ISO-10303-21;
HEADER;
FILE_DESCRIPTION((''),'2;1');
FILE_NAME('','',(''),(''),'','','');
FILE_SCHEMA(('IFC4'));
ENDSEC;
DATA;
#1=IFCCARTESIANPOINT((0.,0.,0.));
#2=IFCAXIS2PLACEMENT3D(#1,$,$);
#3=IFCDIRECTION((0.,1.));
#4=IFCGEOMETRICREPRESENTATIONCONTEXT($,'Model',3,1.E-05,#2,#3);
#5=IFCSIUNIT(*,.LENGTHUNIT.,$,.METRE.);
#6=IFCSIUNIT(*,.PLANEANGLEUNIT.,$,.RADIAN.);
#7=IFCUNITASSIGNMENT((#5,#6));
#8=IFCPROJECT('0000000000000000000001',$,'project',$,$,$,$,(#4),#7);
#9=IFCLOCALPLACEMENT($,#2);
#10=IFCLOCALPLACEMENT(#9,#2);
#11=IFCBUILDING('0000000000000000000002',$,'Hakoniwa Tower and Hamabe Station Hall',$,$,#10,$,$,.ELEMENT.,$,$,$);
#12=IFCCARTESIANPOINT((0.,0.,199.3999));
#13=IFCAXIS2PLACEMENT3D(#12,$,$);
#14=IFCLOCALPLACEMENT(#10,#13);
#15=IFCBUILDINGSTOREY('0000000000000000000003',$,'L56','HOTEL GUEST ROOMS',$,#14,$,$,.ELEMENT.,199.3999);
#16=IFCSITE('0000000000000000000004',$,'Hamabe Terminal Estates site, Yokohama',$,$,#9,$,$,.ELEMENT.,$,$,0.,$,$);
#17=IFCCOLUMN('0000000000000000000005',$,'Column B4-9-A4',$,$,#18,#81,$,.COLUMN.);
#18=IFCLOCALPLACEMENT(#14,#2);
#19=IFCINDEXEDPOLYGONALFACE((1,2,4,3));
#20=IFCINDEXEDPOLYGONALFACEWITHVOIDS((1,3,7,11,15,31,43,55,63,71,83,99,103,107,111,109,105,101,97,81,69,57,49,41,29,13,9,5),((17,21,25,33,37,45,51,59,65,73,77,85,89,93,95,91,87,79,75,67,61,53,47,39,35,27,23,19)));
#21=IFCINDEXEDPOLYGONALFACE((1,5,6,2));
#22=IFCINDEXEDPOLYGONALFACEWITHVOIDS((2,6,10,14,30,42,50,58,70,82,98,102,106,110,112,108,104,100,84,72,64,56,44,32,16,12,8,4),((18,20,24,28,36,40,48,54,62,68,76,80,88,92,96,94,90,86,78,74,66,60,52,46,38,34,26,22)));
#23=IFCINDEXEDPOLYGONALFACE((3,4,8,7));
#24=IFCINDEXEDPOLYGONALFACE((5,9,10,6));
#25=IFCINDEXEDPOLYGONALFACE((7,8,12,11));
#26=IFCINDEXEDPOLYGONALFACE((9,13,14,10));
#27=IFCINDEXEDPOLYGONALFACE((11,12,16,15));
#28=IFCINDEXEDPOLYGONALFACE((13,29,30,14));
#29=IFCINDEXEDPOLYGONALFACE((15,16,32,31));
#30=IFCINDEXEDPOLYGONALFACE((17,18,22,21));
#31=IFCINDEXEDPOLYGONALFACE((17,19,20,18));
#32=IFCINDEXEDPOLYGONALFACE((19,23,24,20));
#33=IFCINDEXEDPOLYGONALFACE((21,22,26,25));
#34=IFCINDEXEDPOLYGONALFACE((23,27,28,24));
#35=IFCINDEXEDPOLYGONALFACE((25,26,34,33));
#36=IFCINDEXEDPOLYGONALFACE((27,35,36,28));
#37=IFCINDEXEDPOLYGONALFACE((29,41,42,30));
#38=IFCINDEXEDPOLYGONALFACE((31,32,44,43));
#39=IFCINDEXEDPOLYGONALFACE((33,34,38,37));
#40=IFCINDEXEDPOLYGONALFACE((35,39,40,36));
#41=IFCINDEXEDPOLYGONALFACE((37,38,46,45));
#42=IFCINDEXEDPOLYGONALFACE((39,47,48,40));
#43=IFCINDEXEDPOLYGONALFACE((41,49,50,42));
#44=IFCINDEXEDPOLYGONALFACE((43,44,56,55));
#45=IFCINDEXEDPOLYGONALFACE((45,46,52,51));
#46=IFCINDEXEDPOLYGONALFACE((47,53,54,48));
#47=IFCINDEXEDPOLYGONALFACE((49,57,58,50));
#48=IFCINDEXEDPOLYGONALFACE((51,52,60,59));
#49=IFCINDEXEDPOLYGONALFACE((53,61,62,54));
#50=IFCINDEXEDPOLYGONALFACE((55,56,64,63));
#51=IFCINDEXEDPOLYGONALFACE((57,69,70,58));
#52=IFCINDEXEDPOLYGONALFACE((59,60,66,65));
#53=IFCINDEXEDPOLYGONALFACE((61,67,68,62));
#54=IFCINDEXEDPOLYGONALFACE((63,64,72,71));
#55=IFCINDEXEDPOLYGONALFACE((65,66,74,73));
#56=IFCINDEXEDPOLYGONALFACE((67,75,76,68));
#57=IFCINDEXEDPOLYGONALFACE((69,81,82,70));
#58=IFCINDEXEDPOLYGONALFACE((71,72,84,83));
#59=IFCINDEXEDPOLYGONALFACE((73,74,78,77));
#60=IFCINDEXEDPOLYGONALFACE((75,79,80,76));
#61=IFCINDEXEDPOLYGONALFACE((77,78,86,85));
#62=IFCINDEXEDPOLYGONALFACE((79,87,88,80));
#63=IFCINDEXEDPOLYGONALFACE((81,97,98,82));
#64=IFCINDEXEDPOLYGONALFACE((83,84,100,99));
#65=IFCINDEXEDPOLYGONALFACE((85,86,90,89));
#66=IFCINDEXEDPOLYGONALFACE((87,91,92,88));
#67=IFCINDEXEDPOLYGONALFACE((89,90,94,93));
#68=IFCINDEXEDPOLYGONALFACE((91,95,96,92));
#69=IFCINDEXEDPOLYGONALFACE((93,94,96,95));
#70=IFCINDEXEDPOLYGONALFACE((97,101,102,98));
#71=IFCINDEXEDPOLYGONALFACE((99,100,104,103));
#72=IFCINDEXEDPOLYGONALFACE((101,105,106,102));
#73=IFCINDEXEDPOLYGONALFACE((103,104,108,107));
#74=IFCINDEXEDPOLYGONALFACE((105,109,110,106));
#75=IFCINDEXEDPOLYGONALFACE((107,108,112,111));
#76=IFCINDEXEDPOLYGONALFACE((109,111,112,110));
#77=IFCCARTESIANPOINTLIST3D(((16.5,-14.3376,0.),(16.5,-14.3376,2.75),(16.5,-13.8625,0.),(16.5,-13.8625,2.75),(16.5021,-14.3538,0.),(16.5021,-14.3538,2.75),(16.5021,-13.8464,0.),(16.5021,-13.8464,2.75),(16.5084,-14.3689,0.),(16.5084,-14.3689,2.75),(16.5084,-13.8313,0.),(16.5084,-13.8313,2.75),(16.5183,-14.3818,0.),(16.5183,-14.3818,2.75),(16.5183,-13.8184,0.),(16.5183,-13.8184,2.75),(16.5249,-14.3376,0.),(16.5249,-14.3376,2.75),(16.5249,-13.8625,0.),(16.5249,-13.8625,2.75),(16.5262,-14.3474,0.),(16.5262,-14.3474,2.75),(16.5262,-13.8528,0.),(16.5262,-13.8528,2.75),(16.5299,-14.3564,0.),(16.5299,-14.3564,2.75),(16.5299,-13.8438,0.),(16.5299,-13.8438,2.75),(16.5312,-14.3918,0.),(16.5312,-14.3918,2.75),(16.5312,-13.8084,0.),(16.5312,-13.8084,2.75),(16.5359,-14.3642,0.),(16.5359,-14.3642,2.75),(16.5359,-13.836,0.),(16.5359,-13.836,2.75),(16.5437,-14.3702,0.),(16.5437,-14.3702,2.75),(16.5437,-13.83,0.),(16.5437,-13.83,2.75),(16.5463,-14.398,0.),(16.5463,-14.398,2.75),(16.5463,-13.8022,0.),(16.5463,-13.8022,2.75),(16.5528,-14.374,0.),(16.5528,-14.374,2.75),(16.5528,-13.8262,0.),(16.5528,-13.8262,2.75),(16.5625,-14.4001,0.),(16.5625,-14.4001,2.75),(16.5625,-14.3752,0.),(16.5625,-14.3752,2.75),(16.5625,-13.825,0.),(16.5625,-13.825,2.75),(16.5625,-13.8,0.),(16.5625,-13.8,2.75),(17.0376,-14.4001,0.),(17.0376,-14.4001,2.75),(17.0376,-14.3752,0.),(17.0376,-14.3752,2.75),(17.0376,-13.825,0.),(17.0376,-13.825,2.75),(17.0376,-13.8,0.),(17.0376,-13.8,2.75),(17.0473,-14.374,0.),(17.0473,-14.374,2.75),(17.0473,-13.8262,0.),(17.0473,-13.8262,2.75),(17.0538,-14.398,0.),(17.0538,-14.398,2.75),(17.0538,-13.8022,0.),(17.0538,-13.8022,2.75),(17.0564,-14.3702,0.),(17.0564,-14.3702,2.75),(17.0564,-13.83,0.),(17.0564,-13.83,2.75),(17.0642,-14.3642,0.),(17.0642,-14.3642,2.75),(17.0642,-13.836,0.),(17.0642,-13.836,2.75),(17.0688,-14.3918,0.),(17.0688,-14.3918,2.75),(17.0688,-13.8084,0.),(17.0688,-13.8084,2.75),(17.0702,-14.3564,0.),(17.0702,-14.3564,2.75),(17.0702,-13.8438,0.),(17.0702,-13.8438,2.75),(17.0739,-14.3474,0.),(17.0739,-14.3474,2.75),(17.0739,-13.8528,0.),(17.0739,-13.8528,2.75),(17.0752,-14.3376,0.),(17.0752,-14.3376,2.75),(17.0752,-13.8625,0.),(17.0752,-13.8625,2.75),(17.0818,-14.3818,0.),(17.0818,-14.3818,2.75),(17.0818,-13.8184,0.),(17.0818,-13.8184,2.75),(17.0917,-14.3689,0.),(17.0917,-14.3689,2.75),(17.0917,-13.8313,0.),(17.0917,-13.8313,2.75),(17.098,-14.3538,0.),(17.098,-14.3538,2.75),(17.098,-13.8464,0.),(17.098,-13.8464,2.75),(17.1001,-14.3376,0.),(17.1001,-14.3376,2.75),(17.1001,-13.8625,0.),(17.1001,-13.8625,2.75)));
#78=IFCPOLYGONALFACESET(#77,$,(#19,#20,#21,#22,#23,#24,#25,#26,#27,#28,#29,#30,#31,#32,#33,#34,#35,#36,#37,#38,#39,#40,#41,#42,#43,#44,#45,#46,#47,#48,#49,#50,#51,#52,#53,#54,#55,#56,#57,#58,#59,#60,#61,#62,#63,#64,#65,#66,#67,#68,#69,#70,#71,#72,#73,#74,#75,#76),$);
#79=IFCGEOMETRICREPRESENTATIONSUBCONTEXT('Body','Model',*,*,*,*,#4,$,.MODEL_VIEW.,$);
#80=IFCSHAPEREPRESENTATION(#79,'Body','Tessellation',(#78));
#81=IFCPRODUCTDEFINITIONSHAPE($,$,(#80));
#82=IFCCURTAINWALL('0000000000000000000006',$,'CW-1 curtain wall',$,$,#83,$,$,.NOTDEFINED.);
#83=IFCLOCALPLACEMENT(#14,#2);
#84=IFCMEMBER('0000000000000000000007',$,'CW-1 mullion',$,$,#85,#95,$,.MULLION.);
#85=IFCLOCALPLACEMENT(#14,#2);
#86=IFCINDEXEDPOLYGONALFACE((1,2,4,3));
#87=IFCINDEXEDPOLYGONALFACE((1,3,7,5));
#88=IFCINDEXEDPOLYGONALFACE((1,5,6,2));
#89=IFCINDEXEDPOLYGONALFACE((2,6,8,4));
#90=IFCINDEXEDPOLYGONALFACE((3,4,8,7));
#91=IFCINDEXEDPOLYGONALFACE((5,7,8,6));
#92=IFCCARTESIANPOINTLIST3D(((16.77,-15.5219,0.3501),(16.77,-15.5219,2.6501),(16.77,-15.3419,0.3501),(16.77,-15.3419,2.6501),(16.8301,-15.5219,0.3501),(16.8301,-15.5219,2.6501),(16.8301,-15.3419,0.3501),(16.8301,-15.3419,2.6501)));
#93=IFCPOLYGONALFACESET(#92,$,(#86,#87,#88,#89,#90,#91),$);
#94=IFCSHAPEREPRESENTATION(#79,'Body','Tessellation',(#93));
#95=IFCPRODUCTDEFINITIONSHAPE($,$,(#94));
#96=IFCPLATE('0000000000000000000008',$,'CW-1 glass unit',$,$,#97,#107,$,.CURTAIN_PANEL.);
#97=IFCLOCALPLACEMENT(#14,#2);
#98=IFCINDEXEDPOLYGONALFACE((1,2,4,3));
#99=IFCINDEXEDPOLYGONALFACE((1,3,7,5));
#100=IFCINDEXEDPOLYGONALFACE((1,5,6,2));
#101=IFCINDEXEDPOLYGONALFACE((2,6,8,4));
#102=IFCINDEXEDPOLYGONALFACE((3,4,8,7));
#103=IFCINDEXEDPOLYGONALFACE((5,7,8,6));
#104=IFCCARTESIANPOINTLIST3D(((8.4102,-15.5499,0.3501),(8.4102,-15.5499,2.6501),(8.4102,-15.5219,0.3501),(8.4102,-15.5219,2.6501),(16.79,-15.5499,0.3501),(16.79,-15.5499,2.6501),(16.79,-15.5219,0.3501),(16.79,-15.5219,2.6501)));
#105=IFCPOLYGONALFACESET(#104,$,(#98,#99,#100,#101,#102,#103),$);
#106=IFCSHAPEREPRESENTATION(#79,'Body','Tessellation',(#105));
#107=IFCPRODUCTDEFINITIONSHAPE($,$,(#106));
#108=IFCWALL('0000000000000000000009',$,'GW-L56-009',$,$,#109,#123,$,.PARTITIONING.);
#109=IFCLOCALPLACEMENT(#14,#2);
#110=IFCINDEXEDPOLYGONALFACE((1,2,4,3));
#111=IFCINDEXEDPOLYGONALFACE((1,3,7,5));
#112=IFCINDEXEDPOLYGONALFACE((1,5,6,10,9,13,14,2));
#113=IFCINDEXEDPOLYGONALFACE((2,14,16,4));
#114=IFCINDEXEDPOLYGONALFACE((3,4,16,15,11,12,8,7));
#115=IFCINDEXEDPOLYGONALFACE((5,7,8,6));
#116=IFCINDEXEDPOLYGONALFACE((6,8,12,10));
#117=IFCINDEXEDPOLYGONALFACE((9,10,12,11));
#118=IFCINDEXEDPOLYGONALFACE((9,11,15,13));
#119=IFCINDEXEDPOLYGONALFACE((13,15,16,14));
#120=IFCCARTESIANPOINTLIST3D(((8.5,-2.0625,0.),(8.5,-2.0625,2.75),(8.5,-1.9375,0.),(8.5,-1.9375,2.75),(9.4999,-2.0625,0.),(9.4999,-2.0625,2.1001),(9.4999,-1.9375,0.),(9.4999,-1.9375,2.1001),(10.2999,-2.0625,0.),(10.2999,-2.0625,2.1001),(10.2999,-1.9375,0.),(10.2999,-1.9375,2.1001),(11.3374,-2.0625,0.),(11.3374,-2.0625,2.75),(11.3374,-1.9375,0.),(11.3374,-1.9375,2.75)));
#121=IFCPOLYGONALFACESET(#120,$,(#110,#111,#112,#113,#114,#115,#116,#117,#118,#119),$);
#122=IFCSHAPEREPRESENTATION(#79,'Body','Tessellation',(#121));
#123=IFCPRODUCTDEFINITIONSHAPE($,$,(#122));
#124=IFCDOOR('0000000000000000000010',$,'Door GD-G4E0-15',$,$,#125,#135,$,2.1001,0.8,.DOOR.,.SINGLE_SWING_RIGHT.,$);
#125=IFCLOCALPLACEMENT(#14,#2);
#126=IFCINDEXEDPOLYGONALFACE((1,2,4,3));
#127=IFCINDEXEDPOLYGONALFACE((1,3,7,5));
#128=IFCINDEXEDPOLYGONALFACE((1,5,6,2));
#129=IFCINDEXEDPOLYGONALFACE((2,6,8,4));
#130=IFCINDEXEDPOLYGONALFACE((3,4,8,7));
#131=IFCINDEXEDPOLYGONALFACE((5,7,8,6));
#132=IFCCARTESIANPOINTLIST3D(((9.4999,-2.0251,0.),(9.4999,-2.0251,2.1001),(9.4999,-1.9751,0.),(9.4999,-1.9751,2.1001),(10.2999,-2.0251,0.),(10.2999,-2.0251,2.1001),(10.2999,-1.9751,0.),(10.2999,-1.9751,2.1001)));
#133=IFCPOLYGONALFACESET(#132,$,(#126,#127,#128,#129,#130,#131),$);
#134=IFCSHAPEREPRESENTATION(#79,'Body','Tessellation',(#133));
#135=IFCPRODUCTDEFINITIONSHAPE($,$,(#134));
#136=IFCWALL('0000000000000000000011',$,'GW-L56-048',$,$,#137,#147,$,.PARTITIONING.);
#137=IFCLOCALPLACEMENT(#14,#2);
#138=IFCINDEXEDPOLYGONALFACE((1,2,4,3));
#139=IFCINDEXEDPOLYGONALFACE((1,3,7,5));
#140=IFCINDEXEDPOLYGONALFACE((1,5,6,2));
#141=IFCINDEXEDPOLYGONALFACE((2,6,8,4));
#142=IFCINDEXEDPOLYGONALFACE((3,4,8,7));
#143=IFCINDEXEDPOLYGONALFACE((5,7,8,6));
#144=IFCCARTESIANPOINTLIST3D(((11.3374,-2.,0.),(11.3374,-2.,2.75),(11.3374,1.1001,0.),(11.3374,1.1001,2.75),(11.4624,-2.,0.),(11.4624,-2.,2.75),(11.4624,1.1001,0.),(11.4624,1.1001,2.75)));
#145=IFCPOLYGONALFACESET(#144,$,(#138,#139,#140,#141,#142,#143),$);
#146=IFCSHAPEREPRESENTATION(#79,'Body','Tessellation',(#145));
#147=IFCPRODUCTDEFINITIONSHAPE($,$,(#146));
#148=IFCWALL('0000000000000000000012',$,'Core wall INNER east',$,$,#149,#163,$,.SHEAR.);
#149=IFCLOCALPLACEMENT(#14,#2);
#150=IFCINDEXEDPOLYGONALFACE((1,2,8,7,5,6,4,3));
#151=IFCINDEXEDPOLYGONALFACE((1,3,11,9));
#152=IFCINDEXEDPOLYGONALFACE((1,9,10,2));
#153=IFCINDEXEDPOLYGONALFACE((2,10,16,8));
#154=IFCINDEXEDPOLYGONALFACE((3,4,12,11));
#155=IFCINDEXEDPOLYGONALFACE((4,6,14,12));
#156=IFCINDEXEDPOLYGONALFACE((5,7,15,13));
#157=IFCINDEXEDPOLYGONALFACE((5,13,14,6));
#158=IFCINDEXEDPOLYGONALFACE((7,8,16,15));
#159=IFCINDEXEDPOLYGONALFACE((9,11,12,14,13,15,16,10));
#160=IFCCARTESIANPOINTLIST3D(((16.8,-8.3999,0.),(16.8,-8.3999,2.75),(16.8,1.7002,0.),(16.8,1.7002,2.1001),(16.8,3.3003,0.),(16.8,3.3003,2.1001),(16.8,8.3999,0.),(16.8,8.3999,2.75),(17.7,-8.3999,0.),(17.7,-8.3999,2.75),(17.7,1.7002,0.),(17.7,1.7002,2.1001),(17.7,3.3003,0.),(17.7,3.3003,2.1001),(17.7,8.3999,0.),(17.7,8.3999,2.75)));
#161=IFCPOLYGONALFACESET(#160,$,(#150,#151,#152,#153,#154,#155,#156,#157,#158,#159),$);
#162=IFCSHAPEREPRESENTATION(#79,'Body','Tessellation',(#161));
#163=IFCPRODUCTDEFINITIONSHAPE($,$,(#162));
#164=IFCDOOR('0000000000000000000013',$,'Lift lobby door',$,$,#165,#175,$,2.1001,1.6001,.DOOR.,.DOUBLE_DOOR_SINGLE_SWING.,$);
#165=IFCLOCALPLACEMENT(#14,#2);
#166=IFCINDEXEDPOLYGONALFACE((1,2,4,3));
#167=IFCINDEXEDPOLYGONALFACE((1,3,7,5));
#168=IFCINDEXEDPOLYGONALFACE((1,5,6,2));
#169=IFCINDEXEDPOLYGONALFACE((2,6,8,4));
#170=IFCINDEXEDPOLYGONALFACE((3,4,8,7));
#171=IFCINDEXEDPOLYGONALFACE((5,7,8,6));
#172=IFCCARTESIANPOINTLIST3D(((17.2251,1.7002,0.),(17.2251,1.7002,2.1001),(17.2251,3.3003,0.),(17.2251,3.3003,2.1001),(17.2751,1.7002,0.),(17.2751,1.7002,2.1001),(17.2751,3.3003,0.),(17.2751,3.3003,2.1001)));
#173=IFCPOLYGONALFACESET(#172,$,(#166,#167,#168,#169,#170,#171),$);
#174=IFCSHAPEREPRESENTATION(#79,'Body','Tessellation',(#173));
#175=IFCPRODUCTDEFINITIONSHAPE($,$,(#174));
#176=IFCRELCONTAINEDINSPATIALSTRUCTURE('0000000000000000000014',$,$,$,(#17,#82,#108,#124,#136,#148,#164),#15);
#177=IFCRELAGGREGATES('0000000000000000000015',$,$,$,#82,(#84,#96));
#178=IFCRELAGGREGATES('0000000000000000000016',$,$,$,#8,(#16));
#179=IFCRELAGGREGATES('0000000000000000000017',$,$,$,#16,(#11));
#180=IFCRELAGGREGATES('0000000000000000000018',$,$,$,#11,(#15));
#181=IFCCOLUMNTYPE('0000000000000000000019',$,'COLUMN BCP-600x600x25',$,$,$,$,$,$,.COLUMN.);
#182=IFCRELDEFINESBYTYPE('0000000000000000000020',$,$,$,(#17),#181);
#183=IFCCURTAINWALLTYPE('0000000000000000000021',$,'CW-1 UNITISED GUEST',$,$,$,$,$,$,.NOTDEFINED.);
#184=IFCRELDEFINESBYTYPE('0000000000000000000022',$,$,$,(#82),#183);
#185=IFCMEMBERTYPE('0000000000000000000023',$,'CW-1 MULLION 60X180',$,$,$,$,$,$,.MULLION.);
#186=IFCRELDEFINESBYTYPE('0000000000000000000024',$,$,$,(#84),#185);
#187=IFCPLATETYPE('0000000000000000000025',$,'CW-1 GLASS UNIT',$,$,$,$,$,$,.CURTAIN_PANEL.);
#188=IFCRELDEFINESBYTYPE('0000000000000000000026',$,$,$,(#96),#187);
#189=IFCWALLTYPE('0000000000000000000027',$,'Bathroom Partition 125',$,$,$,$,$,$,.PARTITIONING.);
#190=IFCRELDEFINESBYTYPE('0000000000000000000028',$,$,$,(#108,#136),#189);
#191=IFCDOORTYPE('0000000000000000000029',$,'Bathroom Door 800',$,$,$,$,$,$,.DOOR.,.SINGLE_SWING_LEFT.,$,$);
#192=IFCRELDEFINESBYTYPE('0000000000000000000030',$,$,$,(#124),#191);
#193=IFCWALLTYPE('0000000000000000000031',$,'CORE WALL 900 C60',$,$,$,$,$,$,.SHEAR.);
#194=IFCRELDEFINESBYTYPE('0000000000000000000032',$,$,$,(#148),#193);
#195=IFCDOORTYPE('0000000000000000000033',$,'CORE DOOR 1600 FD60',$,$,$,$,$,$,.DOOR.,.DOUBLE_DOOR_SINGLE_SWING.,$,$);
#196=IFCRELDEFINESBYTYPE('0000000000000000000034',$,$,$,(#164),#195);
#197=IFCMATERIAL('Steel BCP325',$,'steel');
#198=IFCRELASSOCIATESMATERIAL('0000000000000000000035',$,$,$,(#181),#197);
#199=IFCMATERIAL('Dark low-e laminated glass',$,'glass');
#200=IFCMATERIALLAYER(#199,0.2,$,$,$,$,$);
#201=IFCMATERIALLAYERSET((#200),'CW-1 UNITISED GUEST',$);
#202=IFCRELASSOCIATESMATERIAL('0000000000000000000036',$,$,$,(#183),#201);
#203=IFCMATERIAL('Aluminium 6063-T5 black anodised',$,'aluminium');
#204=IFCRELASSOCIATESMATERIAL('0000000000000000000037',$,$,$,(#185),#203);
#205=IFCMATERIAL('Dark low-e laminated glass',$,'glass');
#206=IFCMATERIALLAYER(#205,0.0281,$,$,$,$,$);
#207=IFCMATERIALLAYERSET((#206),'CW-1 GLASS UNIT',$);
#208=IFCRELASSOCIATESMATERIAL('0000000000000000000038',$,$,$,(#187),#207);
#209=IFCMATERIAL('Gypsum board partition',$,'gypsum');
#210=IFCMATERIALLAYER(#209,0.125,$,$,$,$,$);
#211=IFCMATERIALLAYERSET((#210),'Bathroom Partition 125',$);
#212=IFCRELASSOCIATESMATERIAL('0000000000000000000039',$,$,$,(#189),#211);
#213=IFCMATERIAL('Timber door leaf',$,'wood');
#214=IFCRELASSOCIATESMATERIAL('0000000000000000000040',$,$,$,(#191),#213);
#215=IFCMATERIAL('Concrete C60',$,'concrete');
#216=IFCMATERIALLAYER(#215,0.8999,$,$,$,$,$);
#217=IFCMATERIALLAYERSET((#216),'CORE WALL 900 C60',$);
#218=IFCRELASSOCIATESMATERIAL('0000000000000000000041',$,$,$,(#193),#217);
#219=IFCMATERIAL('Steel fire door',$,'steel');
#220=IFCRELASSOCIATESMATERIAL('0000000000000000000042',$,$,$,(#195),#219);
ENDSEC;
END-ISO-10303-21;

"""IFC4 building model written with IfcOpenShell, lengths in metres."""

from ifc_helpers import new_model, si_unit, direction, frame, frame_2d, origin, origin_2d, place, context, subcontext, project, spatial, rectangle, hollow_rectangle, extrude, material, layer, layer_set, material_profile, profile_set, type_object, element, fill, aggregate, save


model = new_model("IFC4")

# Units and contexts
model_context = context("Model", 3, precision=1e-05, world=origin(), true_north=direction((0.0, 1.0)))
body_context = subcontext(model_context, "Body", "Model", "MODEL_VIEW")
ifc_project = project(units=[si_unit("LENGTHUNIT", "METRE"), si_unit("PLANEANGLEUNIT", "RADIAN")], contexts=[model_context])

# Site, building, storey
site_placement = place(None, origin())
site = spatial("IfcSite", under=ifc_project, at=site_placement, Name="Hamabe Terminal Estates site, Yokohama", CompositionType="ELEMENT", RefElevation=0.0)
building_placement = place(site_placement, origin())
building = spatial("IfcBuilding", under=site, at=building_placement, Name="Hakoniwa Tower and Hamabe Station Hall", CompositionType="ELEMENT")
storey_placement = place(building_placement, frame((0.0, 0.0, 199.3999)))
storey = spatial("IfcBuildingStorey", under=building, at=storey_placement, Name="L56", Description="HOTEL GUEST ROOMS", CompositionType="ELEMENT", Elevation=199.3999)

# Column
ifc_material_1 = material(Name="Steel BCP325", Category="steel")
ifc_material_profile_1 = material_profile(ifc_material_1, hollow_rectangle(XDim=0.6001, YDim=0.6001, WallThickness=0.0249, InnerFilletRadius=0.0376, OuterFilletRadius=0.0625, at=origin_2d()), Name="BCP-600x600x25")
ifc_profile_set_1 = profile_set([ifc_material_profile_1], Name="Steel BCP325")
column_type = type_object("IfcColumnType", Name="COLUMN BCP-600x600x25", PredefinedType="COLUMN", material=ifc_profile_set_1)
column_placement = place(storey_placement, frame((16.8, -14.1001, 0.0), z_axis=(0.0, 0.0, 1.0), x_axis=(1.0, 0.0, 0.0)))
element("IfcColumn", 1, at=column_placement, inside=storey, type_object=column_type, Name="Column B4-9-A4", PredefinedType="COLUMN", context=body_context, shape_type="SweptSolid", body=[
    extrude(hollow_rectangle(XDim=0.6001, YDim=0.6001, WallThickness=0.0249, InnerFilletRadius=0.0376, OuterFilletRadius=0.0625, at=origin_2d()), origin(), (0.0, 0.0, 1.0), 2.75),
])

# Curtain wall, member, plate
ifc_material_2 = material(Name="Dark low-e laminated glass", Category="glass")
ifc_layer_1 = layer(ifc_material_2, 0.2)
ifc_layer_set_1 = layer_set([ifc_layer_1], Name="CW-1 UNITISED GUEST")
curtain_wall_type = type_object("IfcCurtainWallType", Name="CW-1 UNITISED GUEST", PredefinedType="NOTDEFINED", material=ifc_layer_set_1)
curtain_wall_placement = place(storey_placement, origin())
curtain_wall = element("IfcCurtainWall", 2, at=curtain_wall_placement, inside=storey, type_object=curtain_wall_type, Name="CW-1 curtain wall", PredefinedType="NOTDEFINED")
ifc_material_3 = material(Name="Aluminium 6063-T5 black anodised", Category="aluminium")
ifc_material_profile_2 = material_profile(ifc_material_3, rectangle(XDim=0.0601, YDim=0.1799, at=origin_2d()), Name="CW-1 MULLION 60X180")
ifc_profile_set_2 = profile_set([ifc_material_profile_2], Name="Aluminium 6063-T5 black anodised")
member_type = type_object("IfcMemberType", Name="CW-1 MULLION 60X180", PredefinedType="MULLION", material=ifc_profile_set_2)
member_placement = place(storey_placement, frame((16.8, -15.4319, 0.3501), z_axis=(0.0, 0.0, 1.0), x_axis=(1.0, 0.0, 0.0)))
member = element("IfcMember", 3, at=member_placement, type_object=member_type, Name="CW-1 mullion", PredefinedType="MULLION", context=body_context, shape_type="SweptSolid", body=[
    extrude(rectangle(XDim=0.0601, YDim=0.1799, at=origin_2d()), origin(), (0.0, 0.0, 1.0), 2.3),
])
ifc_material_4 = material(Name="Dark low-e laminated glass", Category="glass")
ifc_layer_2 = layer(ifc_material_4, 0.0281)
ifc_layer_set_2 = layer_set([ifc_layer_2], Name="CW-1 GLASS UNIT")
plate_type = type_object("IfcPlateType", Name="CW-1 GLASS UNIT", PredefinedType="CURTAIN_PANEL", material=ifc_layer_set_2)
plate_placement = place(storey_placement, frame((12.6001, -15.5359, 0.3501), z_axis=(0.0, 0.0, 1.0), x_axis=(1.0, 0.0, 0.0)))
plate = element("IfcPlate", 4, at=plate_placement, type_object=plate_type, Name="CW-1 glass unit", PredefinedType="CURTAIN_PANEL", context=body_context, shape_type="SweptSolid", body=[
    extrude(rectangle(XDim=8.3799, YDim=0.0281, at=origin_2d()), origin(), (0.0, 0.0, 1.0), 2.3),
])
aggregate(curtain_wall, [member, plate])

# Wall, opening, door
ifc_material_5 = material(Name="Gypsum board partition", Category="gypsum")
ifc_layer_3 = layer(ifc_material_5, 0.125)
ifc_layer_set_3 = layer_set([ifc_layer_3], Name="Bathroom Partition 125")
wall_type_1 = type_object("IfcWallType", Name="Bathroom Partition 125", PredefinedType="PARTITIONING", material=ifc_layer_set_3)
wall_1_placement = place(storey_placement, frame((8.5, -2.0, 0.0), z_axis=(0.0, 0.0, 1.0), x_axis=(1.0, 0.0, 0.0)))
wall_1 = element("IfcWall", 5, at=wall_1_placement, inside=storey, type_object=wall_type_1, Name="GW-L56-009", PredefinedType="PARTITIONING", context=body_context, shape_type="SweptSolid", body=[
    extrude(rectangle(XDim=2.8374, YDim=0.125, at=frame_2d((1.4187, 0.0))), origin(), (0.0, 0.0, 1.0), 2.75),
])
opening_1_placement = place(wall_1_placement, frame((1.0, 0.0, 0.0)))
opening_1 = element("IfcOpeningElement", 6, at=opening_1_placement, cuts=wall_1, PredefinedType="OPENING", context=body_context, shape_type="SweptSolid", body=[
    extrude(rectangle(XDim=0.8, YDim=2.1001, at=frame_2d((0.3999, 1.05))), frame((0.0, 0.0725, 0.0), z_axis=(0.0, -1.0, 0.0), x_axis=(1.0, 0.0, 0.0)), (0.0, 0.0, 1.0), 0.145),
])
ifc_material_6 = material(Name="Timber door leaf", Category="wood")
door_type_1 = type_object("IfcDoorType", Name="Bathroom Door 800", OperationType="SINGLE_SWING_LEFT", PredefinedType="DOOR", material=ifc_material_6)
door_1_placement = place(opening_1_placement, origin())
door_1 = element("IfcDoor", 7, at=door_1_placement, inside=storey, type_object=door_type_1, Name="Door GD-G4E0-15", OperationType="SINGLE_SWING_RIGHT", OverallHeight=2.1001, OverallWidth=0.8, PredefinedType="DOOR", context=body_context, shape_type="SweptSolid", body=[
    extrude(rectangle(XDim=0.8, YDim=2.1001, at=frame_2d((0.3999, 1.05))), frame((0.0, 0.0249, 0.0), z_axis=(0.0, -1.0, 0.0), x_axis=(1.0, 0.0, 0.0)), (0.0, 0.0, 1.0), 0.05),
])
fill(opening_1, door_1)

# Wall
wall_2_placement = place(storey_placement, frame((11.3999, -2.0, 0.0), z_axis=(0.0, 0.0, 1.0), x_axis=(0.0, 1.0, 0.0)))
element("IfcWall", 8, at=wall_2_placement, inside=storey, type_object=wall_type_1, Name="GW-L56-048", PredefinedType="PARTITIONING", context=body_context, shape_type="SweptSolid", body=[
    extrude(rectangle(XDim=3.1001, YDim=0.125, at=frame_2d((1.55, 0.0))), origin(), (0.0, 0.0, 1.0), 2.75),
])

# Wall, opening, door
ifc_material_7 = material(Name="Concrete C60", Category="concrete")
ifc_layer_4 = layer(ifc_material_7, 0.8999)
ifc_layer_set_4 = layer_set([ifc_layer_4], Name="CORE WALL 900 C60")
wall_type_2 = type_object("IfcWallType", Name="CORE WALL 900 C60", PredefinedType="SHEAR", material=ifc_layer_set_4)
wall_3_placement = place(storey_placement, frame((17.25, -8.3999, 0.0), z_axis=(0.0, 0.0, 1.0), x_axis=(0.0, 1.0, 0.0)))
wall_3 = element("IfcWall", 9, at=wall_3_placement, inside=storey, type_object=wall_type_2, Name="Core wall INNER east", PredefinedType="SHEAR", context=body_context, shape_type="SweptSolid", body=[
    extrude(rectangle(XDim=16.7998, YDim=0.8999, at=frame_2d((8.3999, 0.0))), origin(), (0.0, 0.0, 1.0), 2.75),
])
opening_2_placement = place(wall_3_placement, frame((10.1001, 0.0, 0.0)))
opening_2 = element("IfcOpeningElement", 10, at=opening_2_placement, cuts=wall_3, PredefinedType="OPENING", context=body_context, shape_type="SweptSolid", body=[
    extrude(rectangle(XDim=1.6001, YDim=2.1001, at=frame_2d((0.8, 1.05))), frame((0.0, 0.46, 0.0), z_axis=(0.0, -1.0, 0.0), x_axis=(1.0, 0.0, 0.0)), (0.0, 0.0, 1.0), 0.9199),
])
ifc_material_8 = material(Name="Steel fire door", Category="steel")
door_type_2 = type_object("IfcDoorType", Name="CORE DOOR 1600 FD60", OperationType="DOUBLE_DOOR_SINGLE_SWING", PredefinedType="DOOR", material=ifc_material_8)
door_2_placement = place(opening_2_placement, origin())
door_2 = element("IfcDoor", 11, at=door_2_placement, inside=storey, type_object=door_type_2, Name="Lift lobby door", OperationType="DOUBLE_DOOR_SINGLE_SWING", OverallHeight=2.1001, OverallWidth=1.6001, PredefinedType="DOOR", context=body_context, shape_type="SweptSolid", body=[
    extrude(rectangle(XDim=1.6001, YDim=2.1001, at=frame_2d((0.8, 1.05))), frame((0.0, 0.0249, 0.0), z_axis=(0.0, -1.0, 0.0), x_axis=(1.0, 0.0, 0.0)), (0.0, 0.0, 1.0), 0.05),
])
fill(opening_2, door_2)

save(model, "model.ifc")
